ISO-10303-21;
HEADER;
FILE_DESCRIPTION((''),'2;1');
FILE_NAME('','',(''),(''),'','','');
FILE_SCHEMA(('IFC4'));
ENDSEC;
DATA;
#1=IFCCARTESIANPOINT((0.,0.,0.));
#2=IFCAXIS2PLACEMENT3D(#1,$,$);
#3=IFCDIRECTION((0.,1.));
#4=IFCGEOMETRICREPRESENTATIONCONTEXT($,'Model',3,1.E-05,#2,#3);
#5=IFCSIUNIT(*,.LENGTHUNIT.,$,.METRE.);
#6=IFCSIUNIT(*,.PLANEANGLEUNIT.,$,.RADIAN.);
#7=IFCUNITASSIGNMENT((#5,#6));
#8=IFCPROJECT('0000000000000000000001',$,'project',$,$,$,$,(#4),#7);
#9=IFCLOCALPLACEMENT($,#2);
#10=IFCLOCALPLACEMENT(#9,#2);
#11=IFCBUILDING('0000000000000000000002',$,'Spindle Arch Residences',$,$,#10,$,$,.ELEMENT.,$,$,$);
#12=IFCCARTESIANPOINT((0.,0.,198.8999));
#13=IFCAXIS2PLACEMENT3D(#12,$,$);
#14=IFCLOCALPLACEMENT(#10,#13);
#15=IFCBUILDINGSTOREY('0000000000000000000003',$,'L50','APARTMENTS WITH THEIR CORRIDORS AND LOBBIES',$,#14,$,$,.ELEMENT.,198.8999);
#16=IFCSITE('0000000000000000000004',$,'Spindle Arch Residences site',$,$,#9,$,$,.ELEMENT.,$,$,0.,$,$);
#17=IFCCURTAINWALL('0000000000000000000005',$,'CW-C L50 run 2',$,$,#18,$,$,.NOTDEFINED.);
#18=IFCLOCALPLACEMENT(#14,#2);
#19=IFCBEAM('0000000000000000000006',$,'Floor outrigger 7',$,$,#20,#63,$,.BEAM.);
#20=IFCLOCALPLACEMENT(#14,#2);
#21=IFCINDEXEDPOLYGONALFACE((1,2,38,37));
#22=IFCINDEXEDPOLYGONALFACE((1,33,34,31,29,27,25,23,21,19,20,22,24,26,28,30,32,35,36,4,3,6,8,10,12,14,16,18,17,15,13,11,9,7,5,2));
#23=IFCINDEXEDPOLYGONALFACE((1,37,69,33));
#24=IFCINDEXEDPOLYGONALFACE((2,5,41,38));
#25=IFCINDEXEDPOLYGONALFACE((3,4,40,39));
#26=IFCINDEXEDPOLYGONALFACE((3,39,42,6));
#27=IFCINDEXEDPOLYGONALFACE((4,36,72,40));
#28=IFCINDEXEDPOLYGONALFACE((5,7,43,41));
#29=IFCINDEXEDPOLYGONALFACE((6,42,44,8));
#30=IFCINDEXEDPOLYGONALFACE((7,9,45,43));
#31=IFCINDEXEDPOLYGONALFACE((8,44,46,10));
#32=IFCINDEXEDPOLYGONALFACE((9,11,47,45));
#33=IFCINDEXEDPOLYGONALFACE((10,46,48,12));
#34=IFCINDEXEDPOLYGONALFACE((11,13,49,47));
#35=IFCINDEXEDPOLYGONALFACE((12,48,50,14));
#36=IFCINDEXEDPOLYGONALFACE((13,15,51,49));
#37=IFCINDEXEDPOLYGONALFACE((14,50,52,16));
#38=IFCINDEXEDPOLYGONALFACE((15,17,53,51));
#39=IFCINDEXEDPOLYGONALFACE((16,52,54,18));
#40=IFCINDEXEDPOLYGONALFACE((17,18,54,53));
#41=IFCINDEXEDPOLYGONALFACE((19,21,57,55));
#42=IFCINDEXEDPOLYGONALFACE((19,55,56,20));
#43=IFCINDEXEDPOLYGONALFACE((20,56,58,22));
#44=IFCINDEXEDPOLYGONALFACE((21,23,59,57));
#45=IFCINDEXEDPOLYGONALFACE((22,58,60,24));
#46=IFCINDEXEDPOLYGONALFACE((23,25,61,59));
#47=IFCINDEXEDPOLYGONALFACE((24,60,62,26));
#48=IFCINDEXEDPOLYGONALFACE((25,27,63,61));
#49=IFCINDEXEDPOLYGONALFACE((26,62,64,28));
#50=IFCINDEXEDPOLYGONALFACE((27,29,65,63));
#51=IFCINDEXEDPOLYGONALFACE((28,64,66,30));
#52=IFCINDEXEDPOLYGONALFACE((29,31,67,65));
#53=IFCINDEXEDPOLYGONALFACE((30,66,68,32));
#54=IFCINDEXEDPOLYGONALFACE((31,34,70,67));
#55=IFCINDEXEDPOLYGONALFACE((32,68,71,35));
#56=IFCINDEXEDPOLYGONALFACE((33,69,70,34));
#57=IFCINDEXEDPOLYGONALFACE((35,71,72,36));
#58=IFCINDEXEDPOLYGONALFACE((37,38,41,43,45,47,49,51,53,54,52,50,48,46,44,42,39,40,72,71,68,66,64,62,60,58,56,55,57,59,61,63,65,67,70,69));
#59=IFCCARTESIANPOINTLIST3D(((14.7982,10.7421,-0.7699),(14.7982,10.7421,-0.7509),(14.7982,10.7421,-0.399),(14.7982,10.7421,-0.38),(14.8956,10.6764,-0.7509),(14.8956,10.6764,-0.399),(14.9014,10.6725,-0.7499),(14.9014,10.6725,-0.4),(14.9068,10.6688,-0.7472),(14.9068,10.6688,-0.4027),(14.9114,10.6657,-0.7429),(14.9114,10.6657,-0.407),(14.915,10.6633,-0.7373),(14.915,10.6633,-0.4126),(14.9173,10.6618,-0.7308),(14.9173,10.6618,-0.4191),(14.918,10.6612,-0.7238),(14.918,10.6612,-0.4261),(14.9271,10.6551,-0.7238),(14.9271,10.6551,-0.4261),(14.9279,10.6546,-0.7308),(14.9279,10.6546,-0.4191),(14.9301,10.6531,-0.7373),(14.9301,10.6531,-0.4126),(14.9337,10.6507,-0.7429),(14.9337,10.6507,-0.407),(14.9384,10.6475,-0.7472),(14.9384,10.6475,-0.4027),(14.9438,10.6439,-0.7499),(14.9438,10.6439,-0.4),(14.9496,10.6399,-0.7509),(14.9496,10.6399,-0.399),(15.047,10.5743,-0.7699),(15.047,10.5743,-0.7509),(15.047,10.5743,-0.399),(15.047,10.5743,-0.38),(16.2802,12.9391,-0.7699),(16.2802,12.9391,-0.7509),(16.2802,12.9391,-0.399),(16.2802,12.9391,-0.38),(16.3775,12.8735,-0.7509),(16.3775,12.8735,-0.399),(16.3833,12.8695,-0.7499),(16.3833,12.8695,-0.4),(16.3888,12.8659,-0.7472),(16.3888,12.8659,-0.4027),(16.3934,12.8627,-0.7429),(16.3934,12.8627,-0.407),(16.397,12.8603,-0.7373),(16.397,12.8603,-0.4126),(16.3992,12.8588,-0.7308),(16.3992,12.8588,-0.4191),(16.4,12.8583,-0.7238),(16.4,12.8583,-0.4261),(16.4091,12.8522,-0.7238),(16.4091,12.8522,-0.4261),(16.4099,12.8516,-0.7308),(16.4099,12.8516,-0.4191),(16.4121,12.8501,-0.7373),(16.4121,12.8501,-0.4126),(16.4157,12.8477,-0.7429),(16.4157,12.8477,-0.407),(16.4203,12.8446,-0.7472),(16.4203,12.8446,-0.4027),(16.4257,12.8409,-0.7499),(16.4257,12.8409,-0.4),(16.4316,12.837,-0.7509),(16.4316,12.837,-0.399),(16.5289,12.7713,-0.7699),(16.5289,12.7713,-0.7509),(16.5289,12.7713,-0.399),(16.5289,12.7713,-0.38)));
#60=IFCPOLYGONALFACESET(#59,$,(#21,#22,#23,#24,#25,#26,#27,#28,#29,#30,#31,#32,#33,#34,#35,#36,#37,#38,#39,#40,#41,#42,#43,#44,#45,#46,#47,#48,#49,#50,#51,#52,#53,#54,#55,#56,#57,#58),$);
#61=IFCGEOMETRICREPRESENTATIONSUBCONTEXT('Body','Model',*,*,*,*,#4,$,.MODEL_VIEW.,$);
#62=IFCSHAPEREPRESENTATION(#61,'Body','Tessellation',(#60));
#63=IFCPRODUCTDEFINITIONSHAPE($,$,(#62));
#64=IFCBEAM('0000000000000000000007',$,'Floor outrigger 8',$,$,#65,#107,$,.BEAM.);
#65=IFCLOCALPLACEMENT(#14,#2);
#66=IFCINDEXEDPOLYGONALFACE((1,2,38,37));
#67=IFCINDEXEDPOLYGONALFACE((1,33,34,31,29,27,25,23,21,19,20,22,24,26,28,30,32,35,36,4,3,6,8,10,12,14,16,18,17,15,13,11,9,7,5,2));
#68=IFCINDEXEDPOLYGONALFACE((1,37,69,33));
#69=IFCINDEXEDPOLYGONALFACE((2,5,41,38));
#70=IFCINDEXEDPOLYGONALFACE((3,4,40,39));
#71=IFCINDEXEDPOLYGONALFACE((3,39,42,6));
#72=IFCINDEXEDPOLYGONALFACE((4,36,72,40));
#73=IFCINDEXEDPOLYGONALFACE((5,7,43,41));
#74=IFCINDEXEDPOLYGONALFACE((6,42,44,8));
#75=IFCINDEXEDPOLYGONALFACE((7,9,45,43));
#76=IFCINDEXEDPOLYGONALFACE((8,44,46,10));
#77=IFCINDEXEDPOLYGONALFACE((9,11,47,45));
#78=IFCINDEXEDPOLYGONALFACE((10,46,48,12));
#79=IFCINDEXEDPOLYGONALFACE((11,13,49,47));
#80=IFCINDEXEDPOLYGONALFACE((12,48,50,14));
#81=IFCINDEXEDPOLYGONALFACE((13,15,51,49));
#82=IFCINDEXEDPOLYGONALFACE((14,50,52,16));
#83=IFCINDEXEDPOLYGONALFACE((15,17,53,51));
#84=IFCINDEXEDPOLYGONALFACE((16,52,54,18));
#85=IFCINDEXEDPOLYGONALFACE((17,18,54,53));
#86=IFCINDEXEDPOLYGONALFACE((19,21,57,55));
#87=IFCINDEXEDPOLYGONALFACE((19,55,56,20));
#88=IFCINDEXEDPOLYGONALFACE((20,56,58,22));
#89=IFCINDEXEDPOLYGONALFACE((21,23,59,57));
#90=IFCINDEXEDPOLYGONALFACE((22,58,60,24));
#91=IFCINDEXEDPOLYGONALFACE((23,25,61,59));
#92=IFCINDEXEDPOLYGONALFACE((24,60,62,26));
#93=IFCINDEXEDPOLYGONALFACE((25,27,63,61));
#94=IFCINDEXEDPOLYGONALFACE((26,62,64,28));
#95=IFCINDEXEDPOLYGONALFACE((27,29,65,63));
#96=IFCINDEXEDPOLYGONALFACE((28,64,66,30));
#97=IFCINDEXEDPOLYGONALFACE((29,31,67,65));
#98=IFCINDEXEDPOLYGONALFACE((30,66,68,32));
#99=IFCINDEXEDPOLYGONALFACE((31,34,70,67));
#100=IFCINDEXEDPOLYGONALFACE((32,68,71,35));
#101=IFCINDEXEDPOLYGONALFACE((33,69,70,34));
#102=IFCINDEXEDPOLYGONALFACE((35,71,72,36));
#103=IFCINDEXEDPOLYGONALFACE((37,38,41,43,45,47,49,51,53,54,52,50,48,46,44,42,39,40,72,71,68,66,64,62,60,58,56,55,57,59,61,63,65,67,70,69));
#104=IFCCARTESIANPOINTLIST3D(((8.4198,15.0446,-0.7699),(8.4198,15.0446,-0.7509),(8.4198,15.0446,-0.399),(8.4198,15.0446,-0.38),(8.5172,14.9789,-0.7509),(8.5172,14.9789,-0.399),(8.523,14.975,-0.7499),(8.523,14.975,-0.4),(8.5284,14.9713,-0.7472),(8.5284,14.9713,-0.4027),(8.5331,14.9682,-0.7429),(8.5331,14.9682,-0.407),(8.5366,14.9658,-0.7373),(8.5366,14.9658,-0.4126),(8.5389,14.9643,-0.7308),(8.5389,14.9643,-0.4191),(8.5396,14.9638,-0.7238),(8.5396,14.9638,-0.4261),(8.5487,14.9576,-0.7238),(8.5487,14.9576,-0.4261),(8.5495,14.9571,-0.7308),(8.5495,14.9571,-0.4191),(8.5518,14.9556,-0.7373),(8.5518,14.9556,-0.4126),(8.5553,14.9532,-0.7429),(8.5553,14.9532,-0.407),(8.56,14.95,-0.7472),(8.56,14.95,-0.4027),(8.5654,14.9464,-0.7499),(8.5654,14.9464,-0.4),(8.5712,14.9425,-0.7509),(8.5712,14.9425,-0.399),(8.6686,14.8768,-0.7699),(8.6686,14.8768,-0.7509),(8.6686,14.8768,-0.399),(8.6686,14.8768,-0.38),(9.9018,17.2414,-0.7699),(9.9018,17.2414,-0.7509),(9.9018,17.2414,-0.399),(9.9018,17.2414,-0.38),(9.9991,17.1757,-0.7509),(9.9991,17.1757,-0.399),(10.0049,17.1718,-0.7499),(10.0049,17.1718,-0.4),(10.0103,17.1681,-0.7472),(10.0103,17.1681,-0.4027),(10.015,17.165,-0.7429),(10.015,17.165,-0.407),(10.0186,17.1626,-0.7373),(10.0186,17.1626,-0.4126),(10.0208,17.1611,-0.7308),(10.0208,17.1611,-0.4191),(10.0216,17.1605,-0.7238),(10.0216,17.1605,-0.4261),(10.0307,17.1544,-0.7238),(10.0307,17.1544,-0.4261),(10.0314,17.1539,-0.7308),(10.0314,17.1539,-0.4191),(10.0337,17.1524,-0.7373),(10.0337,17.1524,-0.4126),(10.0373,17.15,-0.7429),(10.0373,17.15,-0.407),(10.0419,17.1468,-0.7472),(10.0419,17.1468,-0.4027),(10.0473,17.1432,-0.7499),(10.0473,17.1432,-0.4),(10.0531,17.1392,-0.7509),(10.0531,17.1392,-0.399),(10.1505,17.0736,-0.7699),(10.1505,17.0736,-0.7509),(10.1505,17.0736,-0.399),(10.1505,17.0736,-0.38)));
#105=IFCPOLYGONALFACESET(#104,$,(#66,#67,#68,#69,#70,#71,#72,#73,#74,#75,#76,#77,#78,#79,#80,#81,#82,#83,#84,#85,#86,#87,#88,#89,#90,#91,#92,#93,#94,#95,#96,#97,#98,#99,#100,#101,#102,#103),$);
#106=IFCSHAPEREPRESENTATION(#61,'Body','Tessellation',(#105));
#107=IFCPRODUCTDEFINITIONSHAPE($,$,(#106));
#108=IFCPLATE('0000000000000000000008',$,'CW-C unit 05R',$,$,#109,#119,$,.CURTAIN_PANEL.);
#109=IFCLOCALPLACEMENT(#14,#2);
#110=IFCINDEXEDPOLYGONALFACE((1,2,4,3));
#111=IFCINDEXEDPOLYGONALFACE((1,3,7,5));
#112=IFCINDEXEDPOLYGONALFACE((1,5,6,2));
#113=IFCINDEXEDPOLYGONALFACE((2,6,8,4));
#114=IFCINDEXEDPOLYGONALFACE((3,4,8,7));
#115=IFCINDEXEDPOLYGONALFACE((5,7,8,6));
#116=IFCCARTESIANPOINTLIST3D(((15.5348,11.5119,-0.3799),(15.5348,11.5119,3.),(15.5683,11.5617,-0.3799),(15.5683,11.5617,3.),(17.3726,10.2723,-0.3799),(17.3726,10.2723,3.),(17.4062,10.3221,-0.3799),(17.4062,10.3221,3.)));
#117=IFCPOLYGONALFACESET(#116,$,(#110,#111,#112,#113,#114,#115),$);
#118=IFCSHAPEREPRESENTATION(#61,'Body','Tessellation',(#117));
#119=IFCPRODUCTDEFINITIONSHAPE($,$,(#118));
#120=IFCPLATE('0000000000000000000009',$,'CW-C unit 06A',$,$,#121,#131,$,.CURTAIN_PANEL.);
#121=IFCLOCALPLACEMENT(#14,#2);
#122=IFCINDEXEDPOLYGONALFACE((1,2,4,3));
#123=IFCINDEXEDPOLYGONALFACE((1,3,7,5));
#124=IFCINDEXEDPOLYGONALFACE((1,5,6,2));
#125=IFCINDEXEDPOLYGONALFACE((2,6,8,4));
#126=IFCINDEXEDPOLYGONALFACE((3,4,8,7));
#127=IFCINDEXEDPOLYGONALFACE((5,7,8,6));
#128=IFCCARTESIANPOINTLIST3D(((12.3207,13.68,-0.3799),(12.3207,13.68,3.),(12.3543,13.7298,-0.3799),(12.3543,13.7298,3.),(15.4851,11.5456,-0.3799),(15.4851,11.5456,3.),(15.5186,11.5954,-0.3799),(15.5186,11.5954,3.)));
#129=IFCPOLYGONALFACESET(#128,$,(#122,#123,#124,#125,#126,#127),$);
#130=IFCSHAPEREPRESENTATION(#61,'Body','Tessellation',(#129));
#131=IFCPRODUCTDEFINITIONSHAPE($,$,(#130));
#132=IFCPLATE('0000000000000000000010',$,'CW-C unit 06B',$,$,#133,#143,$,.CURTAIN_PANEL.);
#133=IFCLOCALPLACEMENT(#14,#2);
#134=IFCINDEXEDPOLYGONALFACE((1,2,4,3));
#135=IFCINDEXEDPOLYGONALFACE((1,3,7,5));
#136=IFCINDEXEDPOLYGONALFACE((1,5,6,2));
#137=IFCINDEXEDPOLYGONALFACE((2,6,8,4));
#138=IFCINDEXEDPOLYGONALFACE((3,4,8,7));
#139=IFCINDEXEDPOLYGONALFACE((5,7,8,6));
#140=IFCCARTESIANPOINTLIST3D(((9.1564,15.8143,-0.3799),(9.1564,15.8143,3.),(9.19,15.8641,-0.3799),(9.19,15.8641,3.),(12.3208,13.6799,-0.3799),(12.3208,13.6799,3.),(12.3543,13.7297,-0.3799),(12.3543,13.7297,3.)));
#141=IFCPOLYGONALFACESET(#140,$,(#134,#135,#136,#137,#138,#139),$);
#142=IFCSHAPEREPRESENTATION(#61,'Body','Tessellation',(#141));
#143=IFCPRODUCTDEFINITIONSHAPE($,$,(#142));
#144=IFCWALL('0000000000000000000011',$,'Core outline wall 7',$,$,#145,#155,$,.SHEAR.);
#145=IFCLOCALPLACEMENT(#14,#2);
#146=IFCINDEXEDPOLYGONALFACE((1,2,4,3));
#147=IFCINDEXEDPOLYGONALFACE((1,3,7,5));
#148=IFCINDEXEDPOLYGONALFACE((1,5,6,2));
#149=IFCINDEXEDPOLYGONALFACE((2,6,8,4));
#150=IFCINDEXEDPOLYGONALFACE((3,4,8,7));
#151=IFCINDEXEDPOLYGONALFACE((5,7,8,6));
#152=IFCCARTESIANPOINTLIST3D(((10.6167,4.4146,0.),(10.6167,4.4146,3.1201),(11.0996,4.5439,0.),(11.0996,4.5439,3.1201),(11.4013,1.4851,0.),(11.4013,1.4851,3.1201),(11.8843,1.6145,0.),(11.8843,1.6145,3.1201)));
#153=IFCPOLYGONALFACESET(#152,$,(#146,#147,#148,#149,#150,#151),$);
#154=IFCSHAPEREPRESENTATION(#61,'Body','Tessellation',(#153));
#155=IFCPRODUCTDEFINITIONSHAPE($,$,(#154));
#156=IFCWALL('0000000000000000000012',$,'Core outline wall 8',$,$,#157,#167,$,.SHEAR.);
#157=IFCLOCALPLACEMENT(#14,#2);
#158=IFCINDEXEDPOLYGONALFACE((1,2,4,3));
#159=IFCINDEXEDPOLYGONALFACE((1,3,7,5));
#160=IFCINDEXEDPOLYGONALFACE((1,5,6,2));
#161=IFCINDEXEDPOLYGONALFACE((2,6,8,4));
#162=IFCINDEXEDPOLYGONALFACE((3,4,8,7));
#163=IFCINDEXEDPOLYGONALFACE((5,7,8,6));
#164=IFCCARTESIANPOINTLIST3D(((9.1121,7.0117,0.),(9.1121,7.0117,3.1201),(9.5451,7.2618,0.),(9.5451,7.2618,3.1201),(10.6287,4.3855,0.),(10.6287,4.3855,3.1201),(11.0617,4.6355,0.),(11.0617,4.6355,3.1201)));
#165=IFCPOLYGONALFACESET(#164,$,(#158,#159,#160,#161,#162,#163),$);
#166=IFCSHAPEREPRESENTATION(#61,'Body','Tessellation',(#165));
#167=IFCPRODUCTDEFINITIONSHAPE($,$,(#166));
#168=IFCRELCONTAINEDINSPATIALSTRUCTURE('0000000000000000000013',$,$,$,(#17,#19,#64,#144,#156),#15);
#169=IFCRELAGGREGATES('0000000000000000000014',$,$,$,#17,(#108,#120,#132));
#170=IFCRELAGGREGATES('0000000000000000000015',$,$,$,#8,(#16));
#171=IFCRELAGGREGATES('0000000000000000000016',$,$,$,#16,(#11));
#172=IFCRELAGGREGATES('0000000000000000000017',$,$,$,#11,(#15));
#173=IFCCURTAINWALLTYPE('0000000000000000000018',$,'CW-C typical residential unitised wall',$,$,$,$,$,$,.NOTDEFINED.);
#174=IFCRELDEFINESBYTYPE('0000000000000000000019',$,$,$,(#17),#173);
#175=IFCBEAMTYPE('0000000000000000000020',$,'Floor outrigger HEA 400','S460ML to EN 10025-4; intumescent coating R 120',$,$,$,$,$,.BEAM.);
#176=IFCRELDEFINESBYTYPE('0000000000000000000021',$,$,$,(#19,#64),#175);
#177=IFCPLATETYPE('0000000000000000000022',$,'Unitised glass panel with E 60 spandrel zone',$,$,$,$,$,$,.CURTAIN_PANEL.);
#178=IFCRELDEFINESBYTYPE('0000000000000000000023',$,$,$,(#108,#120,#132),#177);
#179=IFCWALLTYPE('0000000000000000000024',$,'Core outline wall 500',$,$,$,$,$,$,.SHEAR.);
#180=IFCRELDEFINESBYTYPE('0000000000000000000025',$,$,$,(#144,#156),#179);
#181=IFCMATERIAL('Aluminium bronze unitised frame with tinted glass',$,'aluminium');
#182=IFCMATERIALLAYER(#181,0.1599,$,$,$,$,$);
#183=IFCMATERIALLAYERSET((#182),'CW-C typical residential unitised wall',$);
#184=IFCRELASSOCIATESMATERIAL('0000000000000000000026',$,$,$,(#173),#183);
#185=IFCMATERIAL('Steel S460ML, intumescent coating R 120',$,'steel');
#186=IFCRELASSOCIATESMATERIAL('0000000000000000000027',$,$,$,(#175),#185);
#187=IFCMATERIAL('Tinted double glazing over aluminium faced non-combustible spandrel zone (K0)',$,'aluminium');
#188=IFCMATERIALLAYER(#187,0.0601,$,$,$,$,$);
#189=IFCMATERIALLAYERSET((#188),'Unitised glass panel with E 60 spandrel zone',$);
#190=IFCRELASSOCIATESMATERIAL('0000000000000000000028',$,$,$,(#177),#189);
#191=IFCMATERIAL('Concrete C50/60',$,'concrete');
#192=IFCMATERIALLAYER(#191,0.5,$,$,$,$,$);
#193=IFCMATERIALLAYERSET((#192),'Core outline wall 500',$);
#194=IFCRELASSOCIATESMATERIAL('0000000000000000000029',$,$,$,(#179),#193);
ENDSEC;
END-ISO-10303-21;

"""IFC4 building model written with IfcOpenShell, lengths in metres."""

from ifc_helpers import new_model, si_unit, direction, frame, frame_2d, origin, origin_2d, place, context, subcontext, project, spatial, rectangle, i_section, extrude, material, layer, layer_set, material_profile, profile_set, type_object, element, aggregate, save


model = new_model("IFC4")

# Units and contexts
model_context = context("Model", 3, precision=1e-05, world=origin(), true_north=direction((0.0, 1.0)))
body_context = subcontext(model_context, "Body", "Model", "MODEL_VIEW")
ifc_project = project(units=[si_unit("LENGTHUNIT", "METRE"), si_unit("PLANEANGLEUNIT", "RADIAN")], contexts=[model_context])

# Site, building, storey
site_placement = place(None, origin())
site = spatial("IfcSite", under=ifc_project, at=site_placement, Name="Spindle Arch Residences site", CompositionType="ELEMENT", RefElevation=0.0)
building_placement = place(site_placement, origin())
building = spatial("IfcBuilding", under=site, at=building_placement, Name="Spindle Arch Residences", CompositionType="ELEMENT")
storey_placement = place(building_placement, frame((0.0, 0.0, 198.8999)))
storey = spatial("IfcBuildingStorey", under=building, at=storey_placement, Name="L50", Description="APARTMENTS WITH THEIR CORRIDORS AND LOBBIES", CompositionType="ELEMENT", Elevation=198.8999)

# Curtain wall
ifc_material_1 = material(Name="Aluminium bronze unitised frame with tinted glass", Category="aluminium")
ifc_layer_1 = layer(ifc_material_1, 0.1599)
ifc_layer_set_1 = layer_set([ifc_layer_1], Name="CW-C typical residential unitised wall")
curtain_wall_type = type_object("IfcCurtainWallType", Name="CW-C typical residential unitised wall", PredefinedType="NOTDEFINED", material=ifc_layer_set_1)
curtain_wall_placement = place(storey_placement, origin())
curtain_wall = element("IfcCurtainWall", 1, at=curtain_wall_placement, inside=storey, type_object=curtain_wall_type, Name="CW-C L50 run 2", PredefinedType="NOTDEFINED")

# Beams
ifc_material_2 = material(Name="Steel S460ML, intumescent coating R 120", Category="steel")
ifc_material_profile_1 = material_profile(ifc_material_2, i_section(OverallWidth=0.3, OverallDepth=0.3899, WebThickness=0.011, FlangeThickness=0.019, FilletRadius=0.0271, at=origin_2d()), Name="HEA 400")
ifc_profile_set_1 = profile_set([ifc_material_profile_1], Name="Steel S460ML, intumescent coating R 120")
beam_type_1 = type_object("IfcBeamType", Name="Floor outrigger HEA 400", Description="S460ML to EN 10025-4; intumescent coating R 120", PredefinedType="BEAM", material=ifc_profile_set_1)
beam_1_placement = place(storey_placement, frame((16.4045, 12.8552, -0.575), z_axis=(-0.559199, -0.829033, 0.0), x_axis=(0.829033, -0.559199, 0.0)))
element("IfcBeam", 2, at=beam_1_placement, inside=storey, type_object=beam_type_1, Name="Floor outrigger 7", PredefinedType="BEAM", context=body_context, shape_type="SweptSolid", body=[
    extrude(i_section(OverallWidth=0.3, OverallDepth=0.3899, WebThickness=0.011, FlangeThickness=0.019, FilletRadius=0.0271, at=origin_2d()), origin(), (0.0, 0.0, 1.0), 2.6501),
])
beam_2_placement = place(storey_placement, frame((10.0261, 17.1575, -0.575), z_axis=(-0.559242, -0.829005, 0.0), x_axis=(0.829005, -0.559242, 0.0)))
element("IfcBeam", 3, at=beam_2_placement, inside=storey, type_object=beam_type_1, Name="Floor outrigger 8", PredefinedType="BEAM", context=body_context, shape_type="SweptSolid", body=[
    extrude(i_section(OverallWidth=0.3, OverallDepth=0.3899, WebThickness=0.011, FlangeThickness=0.019, FilletRadius=0.0271, at=origin_2d()), origin(), (0.0, 0.0, 1.0), 2.6499),
])

# Plates
ifc_material_3 = material(Name="Tinted double glazing over aluminium faced non-combustible spandrel zone (K0)", Category="aluminium")
ifc_layer_2 = layer(ifc_material_3, 0.0601)
ifc_layer_set_2 = layer_set([ifc_layer_2], Name="Unitised glass panel with E 60 spandrel zone")
plate_type = type_object("IfcPlateType", Name="Unitised glass panel with E 60 spandrel zone", PredefinedType="CURTAIN_PANEL", material=ifc_layer_set_2)
plate_1_placement = place(storey_placement, frame((16.4705, 10.917, -0.3799), z_axis=(0.0, 0.0, 1.0), x_axis=(-0.829038, 0.559193, 0.0)))
plate_1 = element("IfcPlate", 4, at=plate_1_placement, type_object=plate_type, Name="CW-C unit 05R", PredefinedType="CURTAIN_PANEL", context=body_context, shape_type="SweptSolid", body=[
    extrude(rectangle(XDim=2.2168, YDim=0.0601, at=origin_2d()), origin(), (0.0, 0.0, 1.0), 3.3799),
])
plate_2_placement = place(storey_placement, frame((13.9197, 12.6377, -0.3799), z_axis=(0.0, 0.0, 1.0), x_axis=(-0.829038, 0.559193, 0.0)))
plate_2 = element("IfcPlate", 5, at=plate_2_placement, type_object=plate_type, Name="CW-C unit 06A", PredefinedType="CURTAIN_PANEL", context=body_context, shape_type="SweptSolid", body=[
    extrude(rectangle(XDim=3.8169, YDim=0.0601, at=origin_2d()), origin(), (0.0, 0.0, 1.0), 3.3799),
])
plate_3_placement = place(storey_placement, frame((10.7554, 14.772, -0.3799), z_axis=(0.0, 0.0, 1.0), x_axis=(-0.829038, 0.559193, 0.0)))
plate_3 = element("IfcPlate", 6, at=plate_3_placement, type_object=plate_type, Name="CW-C unit 06B", PredefinedType="CURTAIN_PANEL", context=body_context, shape_type="SweptSolid", body=[
    extrude(rectangle(XDim=3.8169, YDim=0.0601, at=origin_2d()), origin(), (0.0, 0.0, 1.0), 3.3799),
])
aggregate(curtain_wall, [plate_1, plate_2, plate_3])

# Walls
ifc_material_4 = material(Name="Concrete C50/60", Category="concrete")
ifc_layer_3 = layer(ifc_material_4, 0.5)
ifc_layer_set_3 = layer_set([ifc_layer_3], Name="Core outline wall 500")
wall_type_1 = type_object("IfcWallType", Name="Core outline wall 500", PredefinedType="SHEAR", material=ifc_layer_set_3)
for number, where, z_axis, x_axis, name in (
    (7, (11.6428, 1.5498, 0.0), (0.0, 0.0, 1.0), (-0.258735, 0.965948, 0.0), "Core outline wall 7"),
    (8, (10.8452, 4.5105, 0.0), (0.0, 0.0, 1.0), (-0.500087, 0.865975, 0.0), "Core outline wall 8"),
):
    element("IfcWall", number, at=place(storey_placement, frame(where, z_axis=z_axis, x_axis=x_axis)), inside=storey, type_object=wall_type_1, Name=name, PredefinedType="SHEAR", context=body_context, shape_type="SweptSolid", body=[
        extrude(rectangle(XDim=3.0327, YDim=0.5, at=frame_2d((1.5164, 0.0))), origin(), (0.0, 0.0, 1.0), 3.1201),
    ])

save(model, "model.ifc")
